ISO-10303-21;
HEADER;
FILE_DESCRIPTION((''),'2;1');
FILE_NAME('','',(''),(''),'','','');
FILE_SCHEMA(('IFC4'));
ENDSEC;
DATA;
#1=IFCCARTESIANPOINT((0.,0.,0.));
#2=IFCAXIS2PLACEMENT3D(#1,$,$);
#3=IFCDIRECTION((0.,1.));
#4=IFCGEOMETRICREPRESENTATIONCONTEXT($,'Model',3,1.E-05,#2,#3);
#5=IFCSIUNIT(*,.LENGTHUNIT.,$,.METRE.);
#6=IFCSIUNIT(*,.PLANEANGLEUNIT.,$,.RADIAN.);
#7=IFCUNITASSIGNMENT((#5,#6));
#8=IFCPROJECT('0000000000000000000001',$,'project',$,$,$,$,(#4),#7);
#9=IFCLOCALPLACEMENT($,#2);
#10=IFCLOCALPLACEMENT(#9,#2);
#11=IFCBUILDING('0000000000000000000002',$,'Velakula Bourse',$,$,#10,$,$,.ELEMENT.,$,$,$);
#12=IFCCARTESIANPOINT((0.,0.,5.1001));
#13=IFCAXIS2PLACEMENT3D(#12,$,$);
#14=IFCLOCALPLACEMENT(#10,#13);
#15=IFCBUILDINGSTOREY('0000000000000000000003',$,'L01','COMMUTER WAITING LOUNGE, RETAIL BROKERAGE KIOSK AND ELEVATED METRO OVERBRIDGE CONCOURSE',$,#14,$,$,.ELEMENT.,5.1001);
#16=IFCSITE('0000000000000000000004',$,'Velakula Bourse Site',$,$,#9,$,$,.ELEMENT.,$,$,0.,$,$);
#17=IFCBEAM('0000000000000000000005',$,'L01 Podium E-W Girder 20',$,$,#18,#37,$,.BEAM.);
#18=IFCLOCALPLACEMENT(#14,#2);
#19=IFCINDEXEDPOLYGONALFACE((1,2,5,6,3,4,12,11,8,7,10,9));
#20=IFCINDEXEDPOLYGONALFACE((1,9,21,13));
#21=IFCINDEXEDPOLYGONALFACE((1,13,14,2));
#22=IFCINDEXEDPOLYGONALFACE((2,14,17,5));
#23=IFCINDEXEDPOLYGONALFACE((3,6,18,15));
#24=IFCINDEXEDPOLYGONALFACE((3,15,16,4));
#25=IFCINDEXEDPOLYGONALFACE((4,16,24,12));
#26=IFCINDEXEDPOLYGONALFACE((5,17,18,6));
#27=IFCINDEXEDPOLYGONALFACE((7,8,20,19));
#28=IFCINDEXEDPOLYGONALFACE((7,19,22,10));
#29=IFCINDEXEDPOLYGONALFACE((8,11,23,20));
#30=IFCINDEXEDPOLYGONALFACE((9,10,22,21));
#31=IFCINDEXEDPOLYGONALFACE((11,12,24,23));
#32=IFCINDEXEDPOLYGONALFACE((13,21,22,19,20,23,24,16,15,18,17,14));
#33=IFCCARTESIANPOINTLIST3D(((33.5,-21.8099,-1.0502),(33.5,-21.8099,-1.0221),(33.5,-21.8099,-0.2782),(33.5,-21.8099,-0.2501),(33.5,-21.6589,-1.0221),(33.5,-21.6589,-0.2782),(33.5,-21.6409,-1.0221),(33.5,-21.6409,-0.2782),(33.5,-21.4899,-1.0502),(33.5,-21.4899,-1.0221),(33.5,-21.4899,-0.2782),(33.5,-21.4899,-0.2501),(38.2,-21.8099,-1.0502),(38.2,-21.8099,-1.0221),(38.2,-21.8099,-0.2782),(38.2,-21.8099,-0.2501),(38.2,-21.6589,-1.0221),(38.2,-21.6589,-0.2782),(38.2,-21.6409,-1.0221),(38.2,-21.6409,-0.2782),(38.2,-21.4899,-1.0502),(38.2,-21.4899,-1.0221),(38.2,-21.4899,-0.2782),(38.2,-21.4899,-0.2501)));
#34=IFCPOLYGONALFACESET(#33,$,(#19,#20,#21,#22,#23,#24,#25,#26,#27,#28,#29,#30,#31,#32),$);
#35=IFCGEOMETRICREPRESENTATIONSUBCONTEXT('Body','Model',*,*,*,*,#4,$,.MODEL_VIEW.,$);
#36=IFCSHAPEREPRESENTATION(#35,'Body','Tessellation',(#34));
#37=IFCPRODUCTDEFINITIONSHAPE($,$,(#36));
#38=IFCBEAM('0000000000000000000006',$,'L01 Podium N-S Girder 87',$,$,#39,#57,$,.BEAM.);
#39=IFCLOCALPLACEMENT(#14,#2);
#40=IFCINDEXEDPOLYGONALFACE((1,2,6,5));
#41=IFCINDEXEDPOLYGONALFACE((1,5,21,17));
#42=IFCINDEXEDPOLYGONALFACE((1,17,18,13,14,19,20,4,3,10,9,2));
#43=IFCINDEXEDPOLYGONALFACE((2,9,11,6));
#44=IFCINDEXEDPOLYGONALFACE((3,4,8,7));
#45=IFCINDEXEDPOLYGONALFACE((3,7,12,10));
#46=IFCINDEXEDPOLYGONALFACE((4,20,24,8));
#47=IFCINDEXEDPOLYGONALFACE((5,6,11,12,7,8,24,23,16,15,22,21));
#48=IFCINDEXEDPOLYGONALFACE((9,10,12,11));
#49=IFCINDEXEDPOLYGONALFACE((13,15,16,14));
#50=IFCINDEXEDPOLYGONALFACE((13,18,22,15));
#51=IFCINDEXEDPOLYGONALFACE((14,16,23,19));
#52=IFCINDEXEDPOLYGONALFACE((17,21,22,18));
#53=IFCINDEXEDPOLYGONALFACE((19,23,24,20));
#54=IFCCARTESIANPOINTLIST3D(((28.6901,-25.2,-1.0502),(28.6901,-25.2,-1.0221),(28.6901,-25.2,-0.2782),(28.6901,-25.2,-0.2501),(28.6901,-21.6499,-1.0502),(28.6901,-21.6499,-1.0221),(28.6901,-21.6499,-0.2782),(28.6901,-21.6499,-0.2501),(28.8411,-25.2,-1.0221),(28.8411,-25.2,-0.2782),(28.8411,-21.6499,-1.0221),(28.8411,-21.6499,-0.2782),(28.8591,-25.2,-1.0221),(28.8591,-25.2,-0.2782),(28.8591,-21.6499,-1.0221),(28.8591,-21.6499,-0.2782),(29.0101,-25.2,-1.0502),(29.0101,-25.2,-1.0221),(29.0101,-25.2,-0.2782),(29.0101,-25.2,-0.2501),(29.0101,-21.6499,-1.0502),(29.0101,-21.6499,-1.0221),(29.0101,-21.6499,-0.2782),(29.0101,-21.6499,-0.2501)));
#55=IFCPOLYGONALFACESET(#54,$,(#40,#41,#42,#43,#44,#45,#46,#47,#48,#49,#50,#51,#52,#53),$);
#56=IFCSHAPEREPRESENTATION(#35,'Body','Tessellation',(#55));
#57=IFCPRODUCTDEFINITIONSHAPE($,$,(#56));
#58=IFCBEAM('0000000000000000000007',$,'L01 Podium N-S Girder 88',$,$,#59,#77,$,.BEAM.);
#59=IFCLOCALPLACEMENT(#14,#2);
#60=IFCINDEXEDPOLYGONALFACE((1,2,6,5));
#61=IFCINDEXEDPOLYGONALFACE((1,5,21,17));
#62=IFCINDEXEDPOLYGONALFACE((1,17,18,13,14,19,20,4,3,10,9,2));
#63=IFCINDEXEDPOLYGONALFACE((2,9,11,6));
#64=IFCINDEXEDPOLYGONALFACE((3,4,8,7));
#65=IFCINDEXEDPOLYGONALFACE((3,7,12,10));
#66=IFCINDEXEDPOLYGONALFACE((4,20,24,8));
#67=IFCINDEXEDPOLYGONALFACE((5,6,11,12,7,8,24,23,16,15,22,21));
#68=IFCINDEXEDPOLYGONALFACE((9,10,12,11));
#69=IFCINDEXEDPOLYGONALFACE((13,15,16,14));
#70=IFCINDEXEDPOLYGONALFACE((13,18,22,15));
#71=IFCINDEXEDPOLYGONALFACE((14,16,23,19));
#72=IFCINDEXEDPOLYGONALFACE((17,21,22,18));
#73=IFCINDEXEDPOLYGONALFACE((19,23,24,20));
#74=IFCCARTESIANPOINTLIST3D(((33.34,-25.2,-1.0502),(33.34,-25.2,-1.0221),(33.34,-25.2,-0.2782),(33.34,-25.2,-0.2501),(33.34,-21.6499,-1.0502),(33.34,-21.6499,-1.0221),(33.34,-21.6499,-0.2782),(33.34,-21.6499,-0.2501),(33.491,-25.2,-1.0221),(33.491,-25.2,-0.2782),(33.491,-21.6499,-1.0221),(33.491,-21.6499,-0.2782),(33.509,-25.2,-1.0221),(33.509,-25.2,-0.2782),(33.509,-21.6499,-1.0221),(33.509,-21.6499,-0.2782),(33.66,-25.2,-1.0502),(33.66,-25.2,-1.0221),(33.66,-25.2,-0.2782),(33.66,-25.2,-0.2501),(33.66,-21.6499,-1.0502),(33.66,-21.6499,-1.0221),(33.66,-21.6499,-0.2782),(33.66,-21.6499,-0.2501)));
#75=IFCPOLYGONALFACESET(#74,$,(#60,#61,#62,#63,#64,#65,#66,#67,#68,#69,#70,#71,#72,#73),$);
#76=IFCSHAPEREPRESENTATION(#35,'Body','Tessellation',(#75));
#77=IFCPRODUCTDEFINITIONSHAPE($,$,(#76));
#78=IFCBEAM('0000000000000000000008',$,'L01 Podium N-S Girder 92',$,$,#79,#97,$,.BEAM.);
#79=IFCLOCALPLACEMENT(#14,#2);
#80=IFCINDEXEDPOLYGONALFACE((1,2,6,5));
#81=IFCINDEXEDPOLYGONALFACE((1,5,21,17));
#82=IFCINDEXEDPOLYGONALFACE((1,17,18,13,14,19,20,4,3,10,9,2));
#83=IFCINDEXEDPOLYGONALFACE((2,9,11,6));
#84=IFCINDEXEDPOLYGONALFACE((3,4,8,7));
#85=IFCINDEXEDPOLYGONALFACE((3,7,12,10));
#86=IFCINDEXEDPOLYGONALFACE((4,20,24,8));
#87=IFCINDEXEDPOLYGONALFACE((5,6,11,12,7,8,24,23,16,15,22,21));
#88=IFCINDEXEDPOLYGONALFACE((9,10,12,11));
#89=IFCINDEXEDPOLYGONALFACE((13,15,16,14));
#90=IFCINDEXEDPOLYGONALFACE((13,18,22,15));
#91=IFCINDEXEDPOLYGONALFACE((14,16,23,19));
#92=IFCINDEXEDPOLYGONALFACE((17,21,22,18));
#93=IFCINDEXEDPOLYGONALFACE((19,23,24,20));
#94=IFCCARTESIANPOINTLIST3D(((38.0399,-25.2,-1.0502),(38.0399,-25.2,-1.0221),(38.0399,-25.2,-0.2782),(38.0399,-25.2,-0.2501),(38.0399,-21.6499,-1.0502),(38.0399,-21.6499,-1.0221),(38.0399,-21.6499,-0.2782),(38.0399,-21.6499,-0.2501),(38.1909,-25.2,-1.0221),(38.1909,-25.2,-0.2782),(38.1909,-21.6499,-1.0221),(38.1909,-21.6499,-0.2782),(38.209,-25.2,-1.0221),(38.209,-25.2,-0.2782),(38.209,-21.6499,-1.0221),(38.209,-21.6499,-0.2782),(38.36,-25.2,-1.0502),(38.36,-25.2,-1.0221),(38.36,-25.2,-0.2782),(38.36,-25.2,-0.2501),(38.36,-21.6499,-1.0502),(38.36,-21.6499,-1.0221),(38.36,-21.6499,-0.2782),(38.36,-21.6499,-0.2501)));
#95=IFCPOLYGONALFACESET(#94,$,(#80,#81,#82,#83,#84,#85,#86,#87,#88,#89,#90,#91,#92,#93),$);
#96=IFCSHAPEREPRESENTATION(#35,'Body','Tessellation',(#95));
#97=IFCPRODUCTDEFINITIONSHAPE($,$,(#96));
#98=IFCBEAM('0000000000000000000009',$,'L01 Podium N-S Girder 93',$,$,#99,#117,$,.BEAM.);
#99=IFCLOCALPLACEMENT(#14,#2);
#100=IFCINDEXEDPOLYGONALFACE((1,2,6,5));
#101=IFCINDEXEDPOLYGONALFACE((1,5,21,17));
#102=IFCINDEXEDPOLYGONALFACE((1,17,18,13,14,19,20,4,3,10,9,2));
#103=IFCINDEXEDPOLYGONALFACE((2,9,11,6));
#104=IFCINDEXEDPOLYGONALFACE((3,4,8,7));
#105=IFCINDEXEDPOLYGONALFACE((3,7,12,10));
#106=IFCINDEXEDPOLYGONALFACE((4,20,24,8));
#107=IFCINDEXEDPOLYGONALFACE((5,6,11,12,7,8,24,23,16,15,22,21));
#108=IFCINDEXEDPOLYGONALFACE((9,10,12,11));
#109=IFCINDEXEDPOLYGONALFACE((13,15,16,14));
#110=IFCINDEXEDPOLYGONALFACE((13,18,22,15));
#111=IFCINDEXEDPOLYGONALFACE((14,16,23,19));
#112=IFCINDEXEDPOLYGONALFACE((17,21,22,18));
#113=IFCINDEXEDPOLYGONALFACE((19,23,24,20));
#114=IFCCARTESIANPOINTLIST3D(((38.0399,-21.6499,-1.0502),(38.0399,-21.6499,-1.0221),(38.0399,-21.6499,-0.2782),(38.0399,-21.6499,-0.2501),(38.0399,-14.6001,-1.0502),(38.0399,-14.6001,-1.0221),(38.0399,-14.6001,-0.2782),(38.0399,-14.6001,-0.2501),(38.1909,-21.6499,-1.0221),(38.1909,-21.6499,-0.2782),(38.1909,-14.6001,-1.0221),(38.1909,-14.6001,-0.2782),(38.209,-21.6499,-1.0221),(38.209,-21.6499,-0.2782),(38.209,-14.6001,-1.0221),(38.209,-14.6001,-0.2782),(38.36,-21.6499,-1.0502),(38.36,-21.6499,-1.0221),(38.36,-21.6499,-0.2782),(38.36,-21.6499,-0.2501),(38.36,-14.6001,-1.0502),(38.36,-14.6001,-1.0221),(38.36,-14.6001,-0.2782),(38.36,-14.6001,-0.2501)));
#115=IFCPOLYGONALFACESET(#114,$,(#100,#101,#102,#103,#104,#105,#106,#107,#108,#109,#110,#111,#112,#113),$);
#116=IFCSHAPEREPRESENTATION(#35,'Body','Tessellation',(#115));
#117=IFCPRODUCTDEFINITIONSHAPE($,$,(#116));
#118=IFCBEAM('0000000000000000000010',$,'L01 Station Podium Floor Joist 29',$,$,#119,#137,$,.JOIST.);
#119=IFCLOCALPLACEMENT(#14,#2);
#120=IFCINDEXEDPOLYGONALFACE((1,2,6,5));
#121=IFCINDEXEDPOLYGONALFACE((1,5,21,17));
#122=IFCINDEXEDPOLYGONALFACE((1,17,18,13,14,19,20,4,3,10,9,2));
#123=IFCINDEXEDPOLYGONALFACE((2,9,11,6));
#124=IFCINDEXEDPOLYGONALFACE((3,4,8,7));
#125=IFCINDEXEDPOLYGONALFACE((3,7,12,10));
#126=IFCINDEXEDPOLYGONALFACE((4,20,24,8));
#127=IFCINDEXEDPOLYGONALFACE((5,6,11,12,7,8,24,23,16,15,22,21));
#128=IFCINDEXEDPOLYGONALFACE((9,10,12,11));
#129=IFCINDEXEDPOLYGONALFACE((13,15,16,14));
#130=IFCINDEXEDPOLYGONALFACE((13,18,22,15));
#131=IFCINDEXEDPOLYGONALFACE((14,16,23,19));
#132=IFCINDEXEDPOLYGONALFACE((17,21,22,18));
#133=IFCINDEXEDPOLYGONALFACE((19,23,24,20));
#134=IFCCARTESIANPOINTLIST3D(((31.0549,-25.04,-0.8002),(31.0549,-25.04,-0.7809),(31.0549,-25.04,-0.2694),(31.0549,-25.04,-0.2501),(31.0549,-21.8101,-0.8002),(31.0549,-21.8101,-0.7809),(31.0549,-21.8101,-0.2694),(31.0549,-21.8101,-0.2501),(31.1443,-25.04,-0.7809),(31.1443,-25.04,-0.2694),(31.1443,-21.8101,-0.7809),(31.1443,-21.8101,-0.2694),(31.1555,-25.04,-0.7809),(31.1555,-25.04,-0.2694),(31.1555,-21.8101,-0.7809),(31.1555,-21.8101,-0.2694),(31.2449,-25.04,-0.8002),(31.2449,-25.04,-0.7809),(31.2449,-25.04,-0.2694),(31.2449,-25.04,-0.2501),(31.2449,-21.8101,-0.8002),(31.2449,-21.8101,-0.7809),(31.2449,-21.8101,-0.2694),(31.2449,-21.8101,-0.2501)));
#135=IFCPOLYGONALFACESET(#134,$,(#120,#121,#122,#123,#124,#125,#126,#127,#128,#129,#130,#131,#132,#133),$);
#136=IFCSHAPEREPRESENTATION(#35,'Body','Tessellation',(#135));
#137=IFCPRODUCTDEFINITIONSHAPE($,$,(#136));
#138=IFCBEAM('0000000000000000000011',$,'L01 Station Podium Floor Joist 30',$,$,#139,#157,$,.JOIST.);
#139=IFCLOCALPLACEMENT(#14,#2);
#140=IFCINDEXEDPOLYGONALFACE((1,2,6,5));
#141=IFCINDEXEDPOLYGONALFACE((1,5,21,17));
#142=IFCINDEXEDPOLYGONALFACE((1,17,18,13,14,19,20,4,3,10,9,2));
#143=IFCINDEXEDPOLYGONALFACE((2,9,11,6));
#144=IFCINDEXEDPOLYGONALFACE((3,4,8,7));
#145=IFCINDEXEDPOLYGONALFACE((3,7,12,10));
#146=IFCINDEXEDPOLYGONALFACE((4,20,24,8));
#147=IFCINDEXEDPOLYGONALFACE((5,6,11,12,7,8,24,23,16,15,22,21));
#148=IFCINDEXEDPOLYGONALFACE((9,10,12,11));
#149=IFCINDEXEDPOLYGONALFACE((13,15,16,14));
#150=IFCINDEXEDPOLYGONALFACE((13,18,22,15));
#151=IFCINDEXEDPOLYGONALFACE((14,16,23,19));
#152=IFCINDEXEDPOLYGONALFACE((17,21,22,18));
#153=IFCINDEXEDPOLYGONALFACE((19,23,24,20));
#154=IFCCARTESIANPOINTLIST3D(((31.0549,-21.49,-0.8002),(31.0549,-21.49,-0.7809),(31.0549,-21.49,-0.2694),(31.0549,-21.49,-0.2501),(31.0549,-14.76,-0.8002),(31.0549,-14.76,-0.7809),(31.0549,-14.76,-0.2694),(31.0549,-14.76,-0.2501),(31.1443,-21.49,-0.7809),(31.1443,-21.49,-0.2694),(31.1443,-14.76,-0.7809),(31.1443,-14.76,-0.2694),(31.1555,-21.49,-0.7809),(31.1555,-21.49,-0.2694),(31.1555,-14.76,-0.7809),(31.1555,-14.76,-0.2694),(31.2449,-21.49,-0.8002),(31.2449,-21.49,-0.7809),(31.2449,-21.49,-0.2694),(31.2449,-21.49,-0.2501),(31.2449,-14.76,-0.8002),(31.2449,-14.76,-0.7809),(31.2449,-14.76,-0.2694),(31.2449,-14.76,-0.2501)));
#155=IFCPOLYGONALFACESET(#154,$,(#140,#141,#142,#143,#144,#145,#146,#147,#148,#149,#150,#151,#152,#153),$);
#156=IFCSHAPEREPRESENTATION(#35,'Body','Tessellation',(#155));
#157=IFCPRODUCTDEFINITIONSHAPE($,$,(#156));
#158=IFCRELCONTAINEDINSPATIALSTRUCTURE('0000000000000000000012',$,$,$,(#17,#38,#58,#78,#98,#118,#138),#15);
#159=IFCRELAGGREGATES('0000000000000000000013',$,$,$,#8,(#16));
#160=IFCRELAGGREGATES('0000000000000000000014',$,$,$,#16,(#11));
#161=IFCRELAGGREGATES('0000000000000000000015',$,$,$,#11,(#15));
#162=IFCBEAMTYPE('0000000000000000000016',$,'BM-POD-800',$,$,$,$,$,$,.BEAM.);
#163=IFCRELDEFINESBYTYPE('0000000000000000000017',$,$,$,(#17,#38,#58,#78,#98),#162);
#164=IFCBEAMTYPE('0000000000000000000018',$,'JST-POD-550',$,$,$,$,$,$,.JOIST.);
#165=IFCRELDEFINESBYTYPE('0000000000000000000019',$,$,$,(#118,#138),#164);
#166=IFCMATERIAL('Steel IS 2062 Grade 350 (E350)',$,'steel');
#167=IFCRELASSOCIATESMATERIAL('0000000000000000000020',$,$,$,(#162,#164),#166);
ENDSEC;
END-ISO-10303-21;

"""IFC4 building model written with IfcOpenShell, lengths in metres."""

from ifc_helpers import new_model, si_unit, direction, frame, origin, origin_2d, place, context, subcontext, project, spatial, i_section, extrude, material, material_profile, profile_set, type_object, element, save


model = new_model("IFC4")

# Units and contexts
model_context = context("Model", 3, precision=1e-05, world=origin(), true_north=direction((0.0, 1.0)))
body_context = subcontext(model_context, "Body", "Model", "MODEL_VIEW")
ifc_project = project(units=[si_unit("LENGTHUNIT", "METRE"), si_unit("PLANEANGLEUNIT", "RADIAN")], contexts=[model_context])

# Site, building, storey
site_placement = place(None, origin())
site = spatial("IfcSite", under=ifc_project, at=site_placement, Name="Velakula Bourse Site", CompositionType="ELEMENT", RefElevation=0.0)
building_placement = place(site_placement, origin())
building = spatial("IfcBuilding", under=site, at=building_placement, Name="Velakula Bourse", CompositionType="ELEMENT")
storey_placement = place(building_placement, frame((0.0, 0.0, 5.1001)))
storey = spatial("IfcBuildingStorey", under=building, at=storey_placement, Name="L01", Description="COMMUTER WAITING LOUNGE, RETAIL BROKERAGE KIOSK AND ELEVATED METRO OVERBRIDGE CONCOURSE", CompositionType="ELEMENT", Elevation=5.1001)

# Beams
ifc_material_1 = material(Name="Steel IS 2062 Grade 350 (E350)", Category="steel")
ifc_material_profile_1 = material_profile(ifc_material_1, i_section(OverallWidth=0.3201, OverallDepth=0.8, WebThickness=0.0181, FlangeThickness=0.0281, at=origin_2d()), Name="Steel IS 2062 Grade 350 (E350)")
ifc_profile_set_1 = profile_set([ifc_material_profile_1], Name="Steel IS 2062 Grade 350 (E350)")
beam_type_1 = type_object("IfcBeamType", Name="BM-POD-800", PredefinedType="BEAM", material=ifc_profile_set_1)
beam_1_placement = place(storey_placement, frame((33.5, -21.6499, -0.6501), z_axis=(1.0, 0.0, 0.0), x_axis=(0.0, 1.0, 0.0)))
element("IfcBeam", 1, at=beam_1_placement, inside=storey, type_object=beam_type_1, Name="L01 Podium E-W Girder 20", PredefinedType="BEAM", context=body_context, shape_type="SweptSolid", body=[
    extrude(i_section(OverallWidth=0.3201, OverallDepth=0.8, WebThickness=0.0181, FlangeThickness=0.0281, at=origin_2d()), origin(), (0.0, 0.0, 1.0), 4.7),
])
for number, where, z_axis, x_axis, name in (
    (2, (28.8501, -25.2, -0.6501), (0.0, 1.0, 0.0), (-1.0, 0.0, 0.0), "L01 Podium N-S Girder 87"),
    (3, (33.5, -25.2, -0.6501), (0.0, 1.0, 0.0), (-1.0, 0.0, 0.0), "L01 Podium N-S Girder 88"),
    (4, (38.2, -25.2, -0.6501), (0.0, 1.0, 0.0), (-1.0, 0.0, 0.0), "L01 Podium N-S Girder 92"),
):
    element("IfcBeam", number, at=place(storey_placement, frame(where, z_axis=z_axis, x_axis=x_axis)), inside=storey, type_object=beam_type_1, Name=name, PredefinedType="BEAM", context=body_context, shape_type="SweptSolid", body=[
        extrude(i_section(OverallWidth=0.3201, OverallDepth=0.8, WebThickness=0.0181, FlangeThickness=0.0281, at=origin_2d()), origin(), (0.0, 0.0, 1.0), 3.55),
    ])
beam_2_placement = place(storey_placement, frame((38.2, -21.6499, -0.6501), z_axis=(0.0, 1.0, 0.0), x_axis=(-1.0, 0.0, 0.0)))
element("IfcBeam", 5, at=beam_2_placement, inside=storey, type_object=beam_type_1, Name="L01 Podium N-S Girder 93", PredefinedType="BEAM", context=body_context, shape_type="SweptSolid", body=[
    extrude(i_section(OverallWidth=0.3201, OverallDepth=0.8, WebThickness=0.0181, FlangeThickness=0.0281, at=origin_2d()), origin(), (0.0, 0.0, 1.0), 7.0498),
])
ifc_material_profile_2 = material_profile(ifc_material_1, i_section(OverallWidth=0.1899, OverallDepth=0.55, WebThickness=0.0112, FlangeThickness=0.0193, at=origin_2d()), Name="Steel IS 2062 Grade 350 (E350)")
ifc_profile_set_2 = profile_set([ifc_material_profile_2], Name="Steel IS 2062 Grade 350 (E350)")
beam_type_2 = type_object("IfcBeamType", Name="JST-POD-550", PredefinedType="JOIST", material=ifc_profile_set_2)
beam_3_placement = place(storey_placement, frame((31.1499, -25.04, -0.5251), z_axis=(0.0, 1.0, 0.0), x_axis=(-1.0, 0.0, 0.0)))
element("IfcBeam", 6, at=beam_3_placement, inside=storey, type_object=beam_type_2, Name="L01 Station Podium Floor Joist 29", PredefinedType="JOIST", context=body_context, shape_type="SweptSolid", body=[
    extrude(i_section(OverallWidth=0.1899, OverallDepth=0.55, WebThickness=0.0112, FlangeThickness=0.0193, at=origin_2d()), origin(), (0.0, 0.0, 1.0), 3.23),
])
beam_4_placement = place(storey_placement, frame((31.1499, -21.49, -0.5251), z_axis=(0.0, 1.0, 0.0), x_axis=(-1.0, 0.0, 0.0)))
element("IfcBeam", 7, at=beam_4_placement, inside=storey, type_object=beam_type_2, Name="L01 Station Podium Floor Joist 30", PredefinedType="JOIST", context=body_context, shape_type="SweptSolid", body=[
    extrude(i_section(OverallWidth=0.1899, OverallDepth=0.55, WebThickness=0.0112, FlangeThickness=0.0193, at=origin_2d()), origin(), (0.0, 0.0, 1.0), 6.73),
])

save(model, "model.ifc")
